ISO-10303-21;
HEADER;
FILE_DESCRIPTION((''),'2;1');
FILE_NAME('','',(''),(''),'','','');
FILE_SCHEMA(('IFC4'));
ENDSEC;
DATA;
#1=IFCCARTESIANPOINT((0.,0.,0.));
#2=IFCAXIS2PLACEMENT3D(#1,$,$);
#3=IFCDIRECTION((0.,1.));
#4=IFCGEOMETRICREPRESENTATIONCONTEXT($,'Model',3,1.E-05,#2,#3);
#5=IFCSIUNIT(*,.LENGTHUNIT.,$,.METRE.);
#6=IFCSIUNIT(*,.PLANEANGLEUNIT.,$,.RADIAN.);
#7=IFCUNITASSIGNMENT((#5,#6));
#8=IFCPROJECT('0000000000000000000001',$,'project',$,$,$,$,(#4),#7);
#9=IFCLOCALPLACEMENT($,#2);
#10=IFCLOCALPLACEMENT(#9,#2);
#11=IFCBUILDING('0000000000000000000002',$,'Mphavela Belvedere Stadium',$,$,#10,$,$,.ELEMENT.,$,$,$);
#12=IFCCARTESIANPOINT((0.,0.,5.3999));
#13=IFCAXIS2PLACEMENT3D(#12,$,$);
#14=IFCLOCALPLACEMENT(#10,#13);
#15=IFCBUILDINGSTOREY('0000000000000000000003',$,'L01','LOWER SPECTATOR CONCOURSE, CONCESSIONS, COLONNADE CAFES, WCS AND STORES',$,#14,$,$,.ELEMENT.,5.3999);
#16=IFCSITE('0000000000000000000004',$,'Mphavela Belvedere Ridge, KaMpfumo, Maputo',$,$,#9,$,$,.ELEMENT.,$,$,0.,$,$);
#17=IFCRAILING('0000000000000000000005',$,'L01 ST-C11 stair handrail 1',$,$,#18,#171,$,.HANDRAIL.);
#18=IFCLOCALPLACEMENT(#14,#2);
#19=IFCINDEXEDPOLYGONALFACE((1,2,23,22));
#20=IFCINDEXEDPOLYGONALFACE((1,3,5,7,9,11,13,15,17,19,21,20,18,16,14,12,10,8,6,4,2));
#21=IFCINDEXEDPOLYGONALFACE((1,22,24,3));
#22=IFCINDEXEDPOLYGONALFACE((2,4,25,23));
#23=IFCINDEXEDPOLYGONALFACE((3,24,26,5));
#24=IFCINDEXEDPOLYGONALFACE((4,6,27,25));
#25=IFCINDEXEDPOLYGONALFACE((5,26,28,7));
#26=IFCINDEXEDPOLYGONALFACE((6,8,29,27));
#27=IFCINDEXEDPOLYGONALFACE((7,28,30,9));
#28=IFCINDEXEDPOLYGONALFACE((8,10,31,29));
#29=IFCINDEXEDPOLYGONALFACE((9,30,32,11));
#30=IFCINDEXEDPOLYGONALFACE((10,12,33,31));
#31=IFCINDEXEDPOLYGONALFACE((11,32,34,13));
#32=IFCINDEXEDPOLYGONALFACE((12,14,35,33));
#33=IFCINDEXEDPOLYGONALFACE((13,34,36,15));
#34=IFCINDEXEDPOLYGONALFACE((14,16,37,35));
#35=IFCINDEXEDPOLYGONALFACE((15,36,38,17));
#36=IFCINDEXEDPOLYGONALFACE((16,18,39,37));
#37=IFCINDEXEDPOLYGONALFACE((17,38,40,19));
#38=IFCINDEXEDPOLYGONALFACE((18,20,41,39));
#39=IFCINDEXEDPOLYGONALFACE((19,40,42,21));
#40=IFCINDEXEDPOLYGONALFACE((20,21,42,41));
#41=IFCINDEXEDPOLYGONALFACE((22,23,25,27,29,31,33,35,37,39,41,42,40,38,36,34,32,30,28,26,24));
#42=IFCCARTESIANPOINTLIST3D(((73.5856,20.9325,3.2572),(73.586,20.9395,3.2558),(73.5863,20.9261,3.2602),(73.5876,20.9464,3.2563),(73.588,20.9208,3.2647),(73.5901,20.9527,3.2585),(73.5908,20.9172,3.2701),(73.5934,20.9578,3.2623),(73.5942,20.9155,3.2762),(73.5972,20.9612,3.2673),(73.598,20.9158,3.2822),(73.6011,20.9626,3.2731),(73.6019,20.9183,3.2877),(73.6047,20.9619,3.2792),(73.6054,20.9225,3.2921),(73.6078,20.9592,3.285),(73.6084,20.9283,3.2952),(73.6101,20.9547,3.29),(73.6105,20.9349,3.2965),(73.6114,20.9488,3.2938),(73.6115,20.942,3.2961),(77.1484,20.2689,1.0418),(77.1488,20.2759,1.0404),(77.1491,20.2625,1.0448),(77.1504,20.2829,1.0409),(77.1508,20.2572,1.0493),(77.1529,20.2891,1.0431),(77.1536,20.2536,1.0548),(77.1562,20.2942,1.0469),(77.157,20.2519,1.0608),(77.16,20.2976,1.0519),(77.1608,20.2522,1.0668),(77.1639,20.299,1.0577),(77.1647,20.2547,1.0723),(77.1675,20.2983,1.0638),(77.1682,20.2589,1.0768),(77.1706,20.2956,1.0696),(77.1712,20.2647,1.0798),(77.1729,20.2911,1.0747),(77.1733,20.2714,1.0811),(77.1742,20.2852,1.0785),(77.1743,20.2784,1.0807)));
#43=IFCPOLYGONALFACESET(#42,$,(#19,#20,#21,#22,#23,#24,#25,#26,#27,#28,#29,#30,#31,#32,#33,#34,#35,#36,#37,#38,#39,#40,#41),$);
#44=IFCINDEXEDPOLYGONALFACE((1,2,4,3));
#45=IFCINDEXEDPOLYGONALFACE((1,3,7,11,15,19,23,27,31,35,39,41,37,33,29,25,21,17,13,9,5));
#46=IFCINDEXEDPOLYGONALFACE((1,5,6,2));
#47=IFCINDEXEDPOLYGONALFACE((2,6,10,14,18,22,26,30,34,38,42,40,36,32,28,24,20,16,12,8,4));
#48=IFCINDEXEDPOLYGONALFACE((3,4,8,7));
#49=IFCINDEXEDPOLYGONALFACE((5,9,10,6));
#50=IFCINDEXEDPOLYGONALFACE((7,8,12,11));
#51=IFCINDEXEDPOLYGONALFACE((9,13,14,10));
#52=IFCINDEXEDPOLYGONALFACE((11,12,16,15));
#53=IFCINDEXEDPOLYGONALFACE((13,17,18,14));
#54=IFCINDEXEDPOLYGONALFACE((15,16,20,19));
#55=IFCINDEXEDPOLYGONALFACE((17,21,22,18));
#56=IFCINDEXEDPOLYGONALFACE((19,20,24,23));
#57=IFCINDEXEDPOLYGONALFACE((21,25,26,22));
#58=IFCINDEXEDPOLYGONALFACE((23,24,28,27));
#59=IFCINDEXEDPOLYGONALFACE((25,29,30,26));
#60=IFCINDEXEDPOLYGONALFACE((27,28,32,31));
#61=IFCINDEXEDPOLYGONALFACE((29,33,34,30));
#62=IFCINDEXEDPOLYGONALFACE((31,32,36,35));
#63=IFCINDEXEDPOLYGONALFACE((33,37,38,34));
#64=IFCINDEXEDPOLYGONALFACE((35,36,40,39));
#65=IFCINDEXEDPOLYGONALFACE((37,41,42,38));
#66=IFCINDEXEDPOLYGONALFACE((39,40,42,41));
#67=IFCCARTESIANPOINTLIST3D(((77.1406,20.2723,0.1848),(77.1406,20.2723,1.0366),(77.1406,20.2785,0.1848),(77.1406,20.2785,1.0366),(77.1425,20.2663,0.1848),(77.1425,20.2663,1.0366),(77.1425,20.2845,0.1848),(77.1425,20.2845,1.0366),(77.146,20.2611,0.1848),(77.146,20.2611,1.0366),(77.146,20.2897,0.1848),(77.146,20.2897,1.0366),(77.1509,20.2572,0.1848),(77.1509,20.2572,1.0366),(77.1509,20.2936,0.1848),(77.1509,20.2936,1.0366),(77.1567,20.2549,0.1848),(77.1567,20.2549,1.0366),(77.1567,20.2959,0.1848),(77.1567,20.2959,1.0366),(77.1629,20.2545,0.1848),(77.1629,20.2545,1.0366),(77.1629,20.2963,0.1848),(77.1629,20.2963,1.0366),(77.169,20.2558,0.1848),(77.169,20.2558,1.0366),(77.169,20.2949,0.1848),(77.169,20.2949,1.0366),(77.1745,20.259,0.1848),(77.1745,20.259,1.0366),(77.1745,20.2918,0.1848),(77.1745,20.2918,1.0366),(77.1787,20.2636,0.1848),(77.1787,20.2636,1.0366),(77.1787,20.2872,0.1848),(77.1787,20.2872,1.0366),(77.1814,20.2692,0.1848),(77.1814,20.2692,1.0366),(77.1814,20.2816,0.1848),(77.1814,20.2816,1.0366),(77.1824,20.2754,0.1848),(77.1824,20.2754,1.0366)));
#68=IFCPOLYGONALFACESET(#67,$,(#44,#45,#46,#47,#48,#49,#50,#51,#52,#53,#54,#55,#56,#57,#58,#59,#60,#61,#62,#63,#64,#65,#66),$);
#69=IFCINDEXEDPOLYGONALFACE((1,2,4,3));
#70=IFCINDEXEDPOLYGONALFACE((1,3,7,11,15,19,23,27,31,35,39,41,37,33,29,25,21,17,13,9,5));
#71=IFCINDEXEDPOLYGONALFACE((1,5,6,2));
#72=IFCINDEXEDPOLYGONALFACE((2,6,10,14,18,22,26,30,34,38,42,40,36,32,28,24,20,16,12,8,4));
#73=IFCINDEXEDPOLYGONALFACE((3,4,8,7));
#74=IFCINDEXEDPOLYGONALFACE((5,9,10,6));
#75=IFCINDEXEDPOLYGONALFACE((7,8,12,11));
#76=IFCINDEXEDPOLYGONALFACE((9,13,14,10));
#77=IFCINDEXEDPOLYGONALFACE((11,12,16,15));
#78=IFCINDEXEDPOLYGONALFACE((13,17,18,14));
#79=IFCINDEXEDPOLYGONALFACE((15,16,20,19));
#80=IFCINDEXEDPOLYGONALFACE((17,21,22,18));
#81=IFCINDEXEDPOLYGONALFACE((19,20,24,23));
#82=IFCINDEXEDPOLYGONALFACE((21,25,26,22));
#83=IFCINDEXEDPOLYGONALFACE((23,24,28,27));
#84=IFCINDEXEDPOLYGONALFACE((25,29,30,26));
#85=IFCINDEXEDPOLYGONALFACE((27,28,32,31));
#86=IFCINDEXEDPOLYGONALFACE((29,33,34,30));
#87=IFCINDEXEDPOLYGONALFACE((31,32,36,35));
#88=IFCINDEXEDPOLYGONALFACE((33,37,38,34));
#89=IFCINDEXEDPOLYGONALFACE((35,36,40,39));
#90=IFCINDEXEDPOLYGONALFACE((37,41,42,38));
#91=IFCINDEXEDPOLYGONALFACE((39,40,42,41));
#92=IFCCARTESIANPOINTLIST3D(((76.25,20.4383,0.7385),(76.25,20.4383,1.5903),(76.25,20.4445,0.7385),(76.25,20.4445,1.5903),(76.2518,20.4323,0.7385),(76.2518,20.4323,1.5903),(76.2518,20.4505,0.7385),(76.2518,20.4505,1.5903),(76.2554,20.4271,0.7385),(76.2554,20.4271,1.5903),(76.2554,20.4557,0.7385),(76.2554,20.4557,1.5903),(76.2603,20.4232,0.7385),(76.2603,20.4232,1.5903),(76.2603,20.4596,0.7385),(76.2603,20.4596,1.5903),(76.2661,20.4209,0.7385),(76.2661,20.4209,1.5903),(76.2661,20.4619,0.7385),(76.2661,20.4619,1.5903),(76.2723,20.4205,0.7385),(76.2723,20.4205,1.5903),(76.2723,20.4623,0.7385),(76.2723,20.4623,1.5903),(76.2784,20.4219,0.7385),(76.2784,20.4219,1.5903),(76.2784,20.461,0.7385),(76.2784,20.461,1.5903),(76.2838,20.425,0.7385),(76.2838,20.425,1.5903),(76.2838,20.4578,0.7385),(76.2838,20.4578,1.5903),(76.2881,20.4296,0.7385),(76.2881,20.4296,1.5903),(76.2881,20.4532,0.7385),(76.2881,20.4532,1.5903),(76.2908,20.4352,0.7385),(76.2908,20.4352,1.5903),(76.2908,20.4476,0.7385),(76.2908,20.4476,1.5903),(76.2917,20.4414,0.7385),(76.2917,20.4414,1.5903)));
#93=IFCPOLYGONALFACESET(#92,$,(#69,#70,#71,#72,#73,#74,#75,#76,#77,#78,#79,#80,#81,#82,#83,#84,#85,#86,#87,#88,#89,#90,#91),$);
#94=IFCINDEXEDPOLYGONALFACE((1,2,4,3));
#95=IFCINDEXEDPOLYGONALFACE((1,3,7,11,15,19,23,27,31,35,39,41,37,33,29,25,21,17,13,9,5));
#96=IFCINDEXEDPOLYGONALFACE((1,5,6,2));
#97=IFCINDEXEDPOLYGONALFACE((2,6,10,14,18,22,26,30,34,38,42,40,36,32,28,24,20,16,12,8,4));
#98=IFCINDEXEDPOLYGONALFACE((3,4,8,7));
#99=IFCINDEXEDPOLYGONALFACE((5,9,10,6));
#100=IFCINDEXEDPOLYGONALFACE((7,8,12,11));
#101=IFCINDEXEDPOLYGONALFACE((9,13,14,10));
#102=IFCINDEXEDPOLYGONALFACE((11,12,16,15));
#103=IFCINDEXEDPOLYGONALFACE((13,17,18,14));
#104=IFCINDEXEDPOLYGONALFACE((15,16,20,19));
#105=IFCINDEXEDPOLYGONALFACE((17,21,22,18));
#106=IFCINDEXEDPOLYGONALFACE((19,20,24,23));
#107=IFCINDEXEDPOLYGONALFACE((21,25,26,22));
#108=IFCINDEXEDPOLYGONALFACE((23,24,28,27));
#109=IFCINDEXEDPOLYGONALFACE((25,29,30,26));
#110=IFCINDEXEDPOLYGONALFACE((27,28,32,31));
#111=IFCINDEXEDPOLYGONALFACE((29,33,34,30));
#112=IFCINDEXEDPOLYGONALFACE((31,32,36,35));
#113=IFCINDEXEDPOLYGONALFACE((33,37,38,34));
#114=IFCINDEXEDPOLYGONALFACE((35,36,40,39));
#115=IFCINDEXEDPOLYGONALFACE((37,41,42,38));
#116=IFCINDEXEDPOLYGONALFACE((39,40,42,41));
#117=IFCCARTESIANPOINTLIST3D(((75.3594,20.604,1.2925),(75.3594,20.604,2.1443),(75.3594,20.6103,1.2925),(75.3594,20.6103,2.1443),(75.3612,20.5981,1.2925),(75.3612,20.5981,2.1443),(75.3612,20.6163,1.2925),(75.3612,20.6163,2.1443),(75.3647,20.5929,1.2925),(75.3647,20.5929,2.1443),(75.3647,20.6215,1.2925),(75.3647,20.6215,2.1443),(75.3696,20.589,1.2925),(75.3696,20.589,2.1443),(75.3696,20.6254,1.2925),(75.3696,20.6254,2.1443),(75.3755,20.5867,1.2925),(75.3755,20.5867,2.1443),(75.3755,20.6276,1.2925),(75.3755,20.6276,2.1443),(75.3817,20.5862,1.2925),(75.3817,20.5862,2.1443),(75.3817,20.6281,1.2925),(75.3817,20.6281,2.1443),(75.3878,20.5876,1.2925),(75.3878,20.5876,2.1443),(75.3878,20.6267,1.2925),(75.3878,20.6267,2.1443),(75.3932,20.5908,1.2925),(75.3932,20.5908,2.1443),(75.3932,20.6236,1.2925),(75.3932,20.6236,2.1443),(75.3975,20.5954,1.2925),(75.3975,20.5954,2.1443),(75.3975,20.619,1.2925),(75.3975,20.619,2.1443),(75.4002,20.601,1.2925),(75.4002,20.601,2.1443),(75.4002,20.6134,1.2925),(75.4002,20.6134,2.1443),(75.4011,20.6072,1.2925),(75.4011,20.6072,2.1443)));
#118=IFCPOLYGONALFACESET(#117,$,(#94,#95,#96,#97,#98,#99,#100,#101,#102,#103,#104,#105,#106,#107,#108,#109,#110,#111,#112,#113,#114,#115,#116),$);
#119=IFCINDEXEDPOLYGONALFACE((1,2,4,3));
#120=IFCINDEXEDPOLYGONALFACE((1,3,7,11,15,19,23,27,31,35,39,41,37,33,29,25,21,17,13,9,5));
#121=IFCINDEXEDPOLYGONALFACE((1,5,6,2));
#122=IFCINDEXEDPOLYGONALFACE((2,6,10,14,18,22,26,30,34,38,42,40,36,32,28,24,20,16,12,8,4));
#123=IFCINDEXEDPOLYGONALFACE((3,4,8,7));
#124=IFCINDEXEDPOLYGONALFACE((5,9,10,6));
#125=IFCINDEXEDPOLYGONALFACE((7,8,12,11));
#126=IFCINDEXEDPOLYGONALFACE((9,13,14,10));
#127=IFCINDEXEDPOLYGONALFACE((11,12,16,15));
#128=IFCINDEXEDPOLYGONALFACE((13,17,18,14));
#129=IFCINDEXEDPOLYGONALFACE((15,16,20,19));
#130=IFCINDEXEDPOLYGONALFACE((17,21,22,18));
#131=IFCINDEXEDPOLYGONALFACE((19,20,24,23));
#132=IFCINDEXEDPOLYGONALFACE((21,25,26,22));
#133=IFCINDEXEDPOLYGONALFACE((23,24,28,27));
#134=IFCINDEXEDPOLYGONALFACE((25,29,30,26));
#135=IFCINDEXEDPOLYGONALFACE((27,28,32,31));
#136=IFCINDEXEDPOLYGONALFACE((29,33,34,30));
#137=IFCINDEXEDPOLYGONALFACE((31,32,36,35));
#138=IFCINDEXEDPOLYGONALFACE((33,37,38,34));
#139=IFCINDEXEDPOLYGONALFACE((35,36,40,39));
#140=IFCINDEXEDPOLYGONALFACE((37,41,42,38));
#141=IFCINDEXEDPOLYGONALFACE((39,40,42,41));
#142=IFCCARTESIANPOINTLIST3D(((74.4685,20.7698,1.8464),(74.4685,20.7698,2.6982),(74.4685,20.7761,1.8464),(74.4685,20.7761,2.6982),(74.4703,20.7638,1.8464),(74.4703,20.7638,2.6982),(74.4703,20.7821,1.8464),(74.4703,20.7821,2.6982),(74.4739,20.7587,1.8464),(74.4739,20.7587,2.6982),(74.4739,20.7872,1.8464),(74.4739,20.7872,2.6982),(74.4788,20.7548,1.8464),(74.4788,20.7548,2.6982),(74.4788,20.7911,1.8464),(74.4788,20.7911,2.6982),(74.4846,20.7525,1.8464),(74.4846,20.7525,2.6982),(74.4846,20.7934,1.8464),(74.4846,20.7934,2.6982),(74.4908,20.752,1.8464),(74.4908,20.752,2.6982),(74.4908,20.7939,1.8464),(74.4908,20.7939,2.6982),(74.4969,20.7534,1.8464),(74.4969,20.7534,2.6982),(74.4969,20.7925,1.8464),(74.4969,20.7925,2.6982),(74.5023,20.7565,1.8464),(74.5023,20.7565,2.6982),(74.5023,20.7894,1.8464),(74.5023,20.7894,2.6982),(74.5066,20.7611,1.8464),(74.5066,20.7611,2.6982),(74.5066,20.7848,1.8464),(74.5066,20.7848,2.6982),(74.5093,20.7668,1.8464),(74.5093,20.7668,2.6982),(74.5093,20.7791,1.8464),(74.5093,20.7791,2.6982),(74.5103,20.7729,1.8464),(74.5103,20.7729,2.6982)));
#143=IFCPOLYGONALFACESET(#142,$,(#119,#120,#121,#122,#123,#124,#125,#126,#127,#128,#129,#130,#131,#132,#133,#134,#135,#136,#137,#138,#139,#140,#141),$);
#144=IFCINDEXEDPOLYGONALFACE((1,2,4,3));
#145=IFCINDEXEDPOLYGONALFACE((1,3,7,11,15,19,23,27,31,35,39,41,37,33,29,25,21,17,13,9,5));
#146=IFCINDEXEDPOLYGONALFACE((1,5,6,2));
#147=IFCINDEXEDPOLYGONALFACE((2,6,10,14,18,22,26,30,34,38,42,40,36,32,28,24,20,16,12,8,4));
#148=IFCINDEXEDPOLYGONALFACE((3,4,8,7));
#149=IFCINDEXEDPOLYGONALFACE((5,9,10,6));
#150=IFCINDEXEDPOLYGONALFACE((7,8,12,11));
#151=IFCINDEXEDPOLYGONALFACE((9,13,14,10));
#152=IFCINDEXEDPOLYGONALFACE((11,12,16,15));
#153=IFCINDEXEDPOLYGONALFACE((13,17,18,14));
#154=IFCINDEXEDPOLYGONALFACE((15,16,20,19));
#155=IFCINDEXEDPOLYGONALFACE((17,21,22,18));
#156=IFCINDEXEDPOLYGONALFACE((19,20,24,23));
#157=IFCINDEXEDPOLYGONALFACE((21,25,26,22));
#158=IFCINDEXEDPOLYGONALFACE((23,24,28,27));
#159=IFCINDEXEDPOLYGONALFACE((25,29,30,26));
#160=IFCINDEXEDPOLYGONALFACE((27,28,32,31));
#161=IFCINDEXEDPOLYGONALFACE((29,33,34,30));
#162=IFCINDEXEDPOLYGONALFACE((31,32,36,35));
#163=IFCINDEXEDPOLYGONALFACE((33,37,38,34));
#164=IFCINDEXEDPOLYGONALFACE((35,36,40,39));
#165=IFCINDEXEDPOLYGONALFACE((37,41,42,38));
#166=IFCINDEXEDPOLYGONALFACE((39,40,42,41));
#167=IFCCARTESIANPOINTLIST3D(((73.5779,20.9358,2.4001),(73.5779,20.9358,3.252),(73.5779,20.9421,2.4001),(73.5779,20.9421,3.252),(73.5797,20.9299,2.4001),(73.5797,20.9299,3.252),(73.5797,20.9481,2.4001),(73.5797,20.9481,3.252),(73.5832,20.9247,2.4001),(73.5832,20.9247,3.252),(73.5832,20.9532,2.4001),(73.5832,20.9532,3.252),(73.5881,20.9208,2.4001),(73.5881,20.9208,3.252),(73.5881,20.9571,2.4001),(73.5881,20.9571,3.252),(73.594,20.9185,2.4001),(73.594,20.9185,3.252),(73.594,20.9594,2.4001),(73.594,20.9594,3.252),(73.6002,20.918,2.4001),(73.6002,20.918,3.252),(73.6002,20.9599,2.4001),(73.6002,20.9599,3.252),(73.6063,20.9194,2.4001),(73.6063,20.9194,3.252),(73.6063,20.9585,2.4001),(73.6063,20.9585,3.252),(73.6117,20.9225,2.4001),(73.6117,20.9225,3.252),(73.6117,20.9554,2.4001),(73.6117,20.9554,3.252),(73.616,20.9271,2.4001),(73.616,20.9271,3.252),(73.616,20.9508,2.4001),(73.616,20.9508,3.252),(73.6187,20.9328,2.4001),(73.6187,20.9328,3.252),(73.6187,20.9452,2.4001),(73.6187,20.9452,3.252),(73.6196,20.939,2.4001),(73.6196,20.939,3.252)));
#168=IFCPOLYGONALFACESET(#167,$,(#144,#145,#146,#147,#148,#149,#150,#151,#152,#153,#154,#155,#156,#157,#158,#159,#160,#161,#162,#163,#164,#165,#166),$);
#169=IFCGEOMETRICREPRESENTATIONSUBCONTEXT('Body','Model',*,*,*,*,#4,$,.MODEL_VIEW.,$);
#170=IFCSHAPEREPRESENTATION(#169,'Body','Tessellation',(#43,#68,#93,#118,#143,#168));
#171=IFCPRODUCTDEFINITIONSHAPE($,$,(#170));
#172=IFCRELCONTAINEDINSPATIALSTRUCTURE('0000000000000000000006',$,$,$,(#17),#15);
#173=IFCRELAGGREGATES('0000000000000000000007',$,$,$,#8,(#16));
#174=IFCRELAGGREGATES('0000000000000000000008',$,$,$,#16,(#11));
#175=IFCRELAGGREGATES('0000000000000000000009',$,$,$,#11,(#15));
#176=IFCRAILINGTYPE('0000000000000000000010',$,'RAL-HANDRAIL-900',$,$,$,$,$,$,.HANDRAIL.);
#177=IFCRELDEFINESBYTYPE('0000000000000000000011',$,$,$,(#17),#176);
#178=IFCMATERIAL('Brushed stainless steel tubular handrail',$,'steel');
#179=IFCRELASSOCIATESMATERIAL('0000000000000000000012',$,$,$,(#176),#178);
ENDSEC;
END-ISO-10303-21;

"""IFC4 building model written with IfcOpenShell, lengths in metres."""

from ifc_helpers import new_model, si_unit, direction, frame, origin, origin_2d, place, context, subcontext, project, spatial, circle, extrude, material, type_object, element, save


model = new_model("IFC4")

# Units and contexts
model_context = context("Model", 3, precision=1e-05, world=origin(), true_north=direction((0.0, 1.0)))
body_context = subcontext(model_context, "Body", "Model", "MODEL_VIEW")
ifc_project = project(units=[si_unit("LENGTHUNIT", "METRE"), si_unit("PLANEANGLEUNIT", "RADIAN")], contexts=[model_context])

# Site, building, storey
site_placement = place(None, origin())
site = spatial("IfcSite", under=ifc_project, at=site_placement, Name="Mphavela Belvedere Ridge, KaMpfumo, Maputo", CompositionType="ELEMENT", RefElevation=0.0)
building_placement = place(site_placement, origin())
building = spatial("IfcBuilding", under=site, at=building_placement, Name="Mphavela Belvedere Stadium", CompositionType="ELEMENT")
storey_placement = place(building_placement, frame((0.0, 0.0, 5.3999)))
storey = spatial("IfcBuildingStorey", under=building, at=storey_placement, Name="L01", Description="LOWER SPECTATOR CONCOURSE, CONCESSIONS, COLONNADE CAFES, WCS AND STORES", CompositionType="ELEMENT", Elevation=5.3999)

# Railing
ifc_material_1 = material(Name="Brushed stainless steel tubular handrail", Category="steel")
railing_type = type_object("IfcRailingType", Name="RAL-HANDRAIL-900", PredefinedType="HANDRAIL", material=ifc_material_1)
railing_placement = place(storey_placement, frame((77.1614, 20.2754, 0.1848)))
element("IfcRailing", 1, at=railing_placement, inside=storey, type_object=railing_type, Name="L01 ST-C11 stair handrail 1", PredefinedType="HANDRAIL", context=body_context, shape_type="SweptSolid", body=[
    extrude(circle(Radius=0.0239, at=origin_2d()), frame((0.0, 0.0, 0.876), z_axis=(-0.838788, 0.156227, 0.521563), x_axis=(-0.183105, -0.983093, 0.0)), (0.0, 0.0, 1.0), 4.2476),
    extrude(circle(Radius=0.021, at=origin_2d()), origin(), (0.0, 0.0, 1.0), 0.8518),
    extrude(circle(Radius=0.021, at=origin_2d()), frame((-0.8906, 0.166, 0.5537)), (0.0, 0.0, 1.0), 0.8518),
    extrude(circle(Radius=0.021, at=origin_2d()), frame((-1.7812, 0.3318, 1.1077)), (0.0, 0.0, 1.0), 0.8518),
    extrude(circle(Radius=0.021, at=origin_2d()), frame((-2.6721, 0.4976, 1.6616)), (0.0, 0.0, 1.0), 0.8518),
    extrude(circle(Radius=0.021, at=origin_2d()), frame((-3.5627, 0.6636, 2.2153)), (0.0, 0.0, 1.0), 0.8518),
])

save(model, "model.ifc")
